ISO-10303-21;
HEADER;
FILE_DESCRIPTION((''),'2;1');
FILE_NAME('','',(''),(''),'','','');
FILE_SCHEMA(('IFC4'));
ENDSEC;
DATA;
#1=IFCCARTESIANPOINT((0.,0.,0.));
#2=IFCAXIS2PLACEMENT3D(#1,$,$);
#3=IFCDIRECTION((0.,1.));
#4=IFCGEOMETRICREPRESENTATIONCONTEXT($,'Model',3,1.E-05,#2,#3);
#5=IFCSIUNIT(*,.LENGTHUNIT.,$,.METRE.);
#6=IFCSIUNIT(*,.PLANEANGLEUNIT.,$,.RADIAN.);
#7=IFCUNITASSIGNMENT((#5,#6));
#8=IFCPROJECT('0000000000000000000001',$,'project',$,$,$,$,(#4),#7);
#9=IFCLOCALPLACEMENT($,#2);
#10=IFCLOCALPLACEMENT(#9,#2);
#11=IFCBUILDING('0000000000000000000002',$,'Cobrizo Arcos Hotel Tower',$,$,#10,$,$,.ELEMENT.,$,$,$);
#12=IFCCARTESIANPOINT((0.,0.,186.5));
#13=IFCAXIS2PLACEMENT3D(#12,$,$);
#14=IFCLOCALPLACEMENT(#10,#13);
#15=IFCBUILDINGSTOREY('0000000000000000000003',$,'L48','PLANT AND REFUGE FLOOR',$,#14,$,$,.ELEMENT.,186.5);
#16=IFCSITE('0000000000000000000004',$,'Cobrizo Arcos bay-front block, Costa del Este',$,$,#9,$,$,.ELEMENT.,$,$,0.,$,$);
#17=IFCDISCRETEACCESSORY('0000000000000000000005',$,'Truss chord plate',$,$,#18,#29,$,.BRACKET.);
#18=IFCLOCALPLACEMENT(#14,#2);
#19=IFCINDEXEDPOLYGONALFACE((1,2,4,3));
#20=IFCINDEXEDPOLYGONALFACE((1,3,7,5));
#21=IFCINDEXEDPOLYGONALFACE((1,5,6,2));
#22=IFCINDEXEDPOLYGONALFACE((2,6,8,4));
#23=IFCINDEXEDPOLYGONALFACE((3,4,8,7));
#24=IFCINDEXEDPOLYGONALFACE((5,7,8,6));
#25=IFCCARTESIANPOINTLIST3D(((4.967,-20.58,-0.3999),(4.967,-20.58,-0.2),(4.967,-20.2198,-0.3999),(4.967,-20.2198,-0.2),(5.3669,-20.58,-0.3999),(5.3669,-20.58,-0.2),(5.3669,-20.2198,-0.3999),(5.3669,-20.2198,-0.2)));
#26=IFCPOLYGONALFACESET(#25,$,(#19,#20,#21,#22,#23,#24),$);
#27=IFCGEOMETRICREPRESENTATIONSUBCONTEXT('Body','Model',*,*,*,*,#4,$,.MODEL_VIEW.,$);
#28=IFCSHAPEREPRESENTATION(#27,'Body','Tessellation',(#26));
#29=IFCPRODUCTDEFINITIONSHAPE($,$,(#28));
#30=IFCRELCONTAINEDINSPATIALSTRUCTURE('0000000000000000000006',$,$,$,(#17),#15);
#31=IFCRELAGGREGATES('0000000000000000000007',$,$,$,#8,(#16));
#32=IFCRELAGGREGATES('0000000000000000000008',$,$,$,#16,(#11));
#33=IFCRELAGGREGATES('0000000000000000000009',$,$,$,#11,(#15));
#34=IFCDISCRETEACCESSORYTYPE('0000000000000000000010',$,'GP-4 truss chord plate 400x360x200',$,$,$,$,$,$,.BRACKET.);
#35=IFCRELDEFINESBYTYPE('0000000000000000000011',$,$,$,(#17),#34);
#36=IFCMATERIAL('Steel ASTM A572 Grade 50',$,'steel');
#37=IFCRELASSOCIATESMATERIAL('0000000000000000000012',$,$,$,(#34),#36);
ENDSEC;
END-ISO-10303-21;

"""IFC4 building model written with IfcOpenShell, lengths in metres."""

from ifc_helpers import new_model, si_unit, direction, frame, origin, origin_2d, place, context, subcontext, project, spatial, rectangle, extrude, material, type_object, element, save


model = new_model("IFC4")

# Units and contexts
model_context = context("Model", 3, precision=1e-05, world=origin(), true_north=direction((0.0, 1.0)))
body_context = subcontext(model_context, "Body", "Model", "MODEL_VIEW")
ifc_project = project(units=[si_unit("LENGTHUNIT", "METRE"), si_unit("PLANEANGLEUNIT", "RADIAN")], contexts=[model_context])

# Site, building, storey
site_placement = place(None, origin())
site = spatial("IfcSite", under=ifc_project, at=site_placement, Name="Cobrizo Arcos bay-front block, Costa del Este", CompositionType="ELEMENT", RefElevation=0.0)
building_placement = place(site_placement, origin())
building = spatial("IfcBuilding", under=site, at=building_placement, Name="Cobrizo Arcos Hotel Tower", CompositionType="ELEMENT")
storey_placement = place(building_placement, frame((0.0, 0.0, 186.5)))
storey = spatial("IfcBuildingStorey", under=building, at=storey_placement, Name="L48", Description="PLANT AND REFUGE FLOOR", CompositionType="ELEMENT", Elevation=186.5)

# Shared definitions
ifc_material_1 = material(Name="Steel ASTM A572 Grade 50", Category="steel")

# Discrete accessory
discrete_accessory_type_1 = type_object("IfcDiscreteAccessoryType", Name="GP-4 truss chord plate 400x360x200", PredefinedType="BRACKET", material=ifc_material_1)
for number, where, z_axis, x_axis, name in (
    (1, (5.167, -20.3999, -0.3999), (0.0, 0.0, 1.0), (1.0, 0.0, 0.0), "Truss chord plate"),
):
    element("IfcDiscreteAccessory", number, at=place(storey_placement, frame(where, z_axis=z_axis, x_axis=x_axis)), inside=storey, type_object=discrete_accessory_type_1, Name=name, PredefinedType="BRACKET", context=body_context, shape_type="SweptSolid", body=[
        extrude(rectangle(XDim=0.3999, YDim=0.3601, at=origin_2d()), origin(), (0.0, 0.0, 1.0), 0.2),
    ])

save(model, "model.ifc")
